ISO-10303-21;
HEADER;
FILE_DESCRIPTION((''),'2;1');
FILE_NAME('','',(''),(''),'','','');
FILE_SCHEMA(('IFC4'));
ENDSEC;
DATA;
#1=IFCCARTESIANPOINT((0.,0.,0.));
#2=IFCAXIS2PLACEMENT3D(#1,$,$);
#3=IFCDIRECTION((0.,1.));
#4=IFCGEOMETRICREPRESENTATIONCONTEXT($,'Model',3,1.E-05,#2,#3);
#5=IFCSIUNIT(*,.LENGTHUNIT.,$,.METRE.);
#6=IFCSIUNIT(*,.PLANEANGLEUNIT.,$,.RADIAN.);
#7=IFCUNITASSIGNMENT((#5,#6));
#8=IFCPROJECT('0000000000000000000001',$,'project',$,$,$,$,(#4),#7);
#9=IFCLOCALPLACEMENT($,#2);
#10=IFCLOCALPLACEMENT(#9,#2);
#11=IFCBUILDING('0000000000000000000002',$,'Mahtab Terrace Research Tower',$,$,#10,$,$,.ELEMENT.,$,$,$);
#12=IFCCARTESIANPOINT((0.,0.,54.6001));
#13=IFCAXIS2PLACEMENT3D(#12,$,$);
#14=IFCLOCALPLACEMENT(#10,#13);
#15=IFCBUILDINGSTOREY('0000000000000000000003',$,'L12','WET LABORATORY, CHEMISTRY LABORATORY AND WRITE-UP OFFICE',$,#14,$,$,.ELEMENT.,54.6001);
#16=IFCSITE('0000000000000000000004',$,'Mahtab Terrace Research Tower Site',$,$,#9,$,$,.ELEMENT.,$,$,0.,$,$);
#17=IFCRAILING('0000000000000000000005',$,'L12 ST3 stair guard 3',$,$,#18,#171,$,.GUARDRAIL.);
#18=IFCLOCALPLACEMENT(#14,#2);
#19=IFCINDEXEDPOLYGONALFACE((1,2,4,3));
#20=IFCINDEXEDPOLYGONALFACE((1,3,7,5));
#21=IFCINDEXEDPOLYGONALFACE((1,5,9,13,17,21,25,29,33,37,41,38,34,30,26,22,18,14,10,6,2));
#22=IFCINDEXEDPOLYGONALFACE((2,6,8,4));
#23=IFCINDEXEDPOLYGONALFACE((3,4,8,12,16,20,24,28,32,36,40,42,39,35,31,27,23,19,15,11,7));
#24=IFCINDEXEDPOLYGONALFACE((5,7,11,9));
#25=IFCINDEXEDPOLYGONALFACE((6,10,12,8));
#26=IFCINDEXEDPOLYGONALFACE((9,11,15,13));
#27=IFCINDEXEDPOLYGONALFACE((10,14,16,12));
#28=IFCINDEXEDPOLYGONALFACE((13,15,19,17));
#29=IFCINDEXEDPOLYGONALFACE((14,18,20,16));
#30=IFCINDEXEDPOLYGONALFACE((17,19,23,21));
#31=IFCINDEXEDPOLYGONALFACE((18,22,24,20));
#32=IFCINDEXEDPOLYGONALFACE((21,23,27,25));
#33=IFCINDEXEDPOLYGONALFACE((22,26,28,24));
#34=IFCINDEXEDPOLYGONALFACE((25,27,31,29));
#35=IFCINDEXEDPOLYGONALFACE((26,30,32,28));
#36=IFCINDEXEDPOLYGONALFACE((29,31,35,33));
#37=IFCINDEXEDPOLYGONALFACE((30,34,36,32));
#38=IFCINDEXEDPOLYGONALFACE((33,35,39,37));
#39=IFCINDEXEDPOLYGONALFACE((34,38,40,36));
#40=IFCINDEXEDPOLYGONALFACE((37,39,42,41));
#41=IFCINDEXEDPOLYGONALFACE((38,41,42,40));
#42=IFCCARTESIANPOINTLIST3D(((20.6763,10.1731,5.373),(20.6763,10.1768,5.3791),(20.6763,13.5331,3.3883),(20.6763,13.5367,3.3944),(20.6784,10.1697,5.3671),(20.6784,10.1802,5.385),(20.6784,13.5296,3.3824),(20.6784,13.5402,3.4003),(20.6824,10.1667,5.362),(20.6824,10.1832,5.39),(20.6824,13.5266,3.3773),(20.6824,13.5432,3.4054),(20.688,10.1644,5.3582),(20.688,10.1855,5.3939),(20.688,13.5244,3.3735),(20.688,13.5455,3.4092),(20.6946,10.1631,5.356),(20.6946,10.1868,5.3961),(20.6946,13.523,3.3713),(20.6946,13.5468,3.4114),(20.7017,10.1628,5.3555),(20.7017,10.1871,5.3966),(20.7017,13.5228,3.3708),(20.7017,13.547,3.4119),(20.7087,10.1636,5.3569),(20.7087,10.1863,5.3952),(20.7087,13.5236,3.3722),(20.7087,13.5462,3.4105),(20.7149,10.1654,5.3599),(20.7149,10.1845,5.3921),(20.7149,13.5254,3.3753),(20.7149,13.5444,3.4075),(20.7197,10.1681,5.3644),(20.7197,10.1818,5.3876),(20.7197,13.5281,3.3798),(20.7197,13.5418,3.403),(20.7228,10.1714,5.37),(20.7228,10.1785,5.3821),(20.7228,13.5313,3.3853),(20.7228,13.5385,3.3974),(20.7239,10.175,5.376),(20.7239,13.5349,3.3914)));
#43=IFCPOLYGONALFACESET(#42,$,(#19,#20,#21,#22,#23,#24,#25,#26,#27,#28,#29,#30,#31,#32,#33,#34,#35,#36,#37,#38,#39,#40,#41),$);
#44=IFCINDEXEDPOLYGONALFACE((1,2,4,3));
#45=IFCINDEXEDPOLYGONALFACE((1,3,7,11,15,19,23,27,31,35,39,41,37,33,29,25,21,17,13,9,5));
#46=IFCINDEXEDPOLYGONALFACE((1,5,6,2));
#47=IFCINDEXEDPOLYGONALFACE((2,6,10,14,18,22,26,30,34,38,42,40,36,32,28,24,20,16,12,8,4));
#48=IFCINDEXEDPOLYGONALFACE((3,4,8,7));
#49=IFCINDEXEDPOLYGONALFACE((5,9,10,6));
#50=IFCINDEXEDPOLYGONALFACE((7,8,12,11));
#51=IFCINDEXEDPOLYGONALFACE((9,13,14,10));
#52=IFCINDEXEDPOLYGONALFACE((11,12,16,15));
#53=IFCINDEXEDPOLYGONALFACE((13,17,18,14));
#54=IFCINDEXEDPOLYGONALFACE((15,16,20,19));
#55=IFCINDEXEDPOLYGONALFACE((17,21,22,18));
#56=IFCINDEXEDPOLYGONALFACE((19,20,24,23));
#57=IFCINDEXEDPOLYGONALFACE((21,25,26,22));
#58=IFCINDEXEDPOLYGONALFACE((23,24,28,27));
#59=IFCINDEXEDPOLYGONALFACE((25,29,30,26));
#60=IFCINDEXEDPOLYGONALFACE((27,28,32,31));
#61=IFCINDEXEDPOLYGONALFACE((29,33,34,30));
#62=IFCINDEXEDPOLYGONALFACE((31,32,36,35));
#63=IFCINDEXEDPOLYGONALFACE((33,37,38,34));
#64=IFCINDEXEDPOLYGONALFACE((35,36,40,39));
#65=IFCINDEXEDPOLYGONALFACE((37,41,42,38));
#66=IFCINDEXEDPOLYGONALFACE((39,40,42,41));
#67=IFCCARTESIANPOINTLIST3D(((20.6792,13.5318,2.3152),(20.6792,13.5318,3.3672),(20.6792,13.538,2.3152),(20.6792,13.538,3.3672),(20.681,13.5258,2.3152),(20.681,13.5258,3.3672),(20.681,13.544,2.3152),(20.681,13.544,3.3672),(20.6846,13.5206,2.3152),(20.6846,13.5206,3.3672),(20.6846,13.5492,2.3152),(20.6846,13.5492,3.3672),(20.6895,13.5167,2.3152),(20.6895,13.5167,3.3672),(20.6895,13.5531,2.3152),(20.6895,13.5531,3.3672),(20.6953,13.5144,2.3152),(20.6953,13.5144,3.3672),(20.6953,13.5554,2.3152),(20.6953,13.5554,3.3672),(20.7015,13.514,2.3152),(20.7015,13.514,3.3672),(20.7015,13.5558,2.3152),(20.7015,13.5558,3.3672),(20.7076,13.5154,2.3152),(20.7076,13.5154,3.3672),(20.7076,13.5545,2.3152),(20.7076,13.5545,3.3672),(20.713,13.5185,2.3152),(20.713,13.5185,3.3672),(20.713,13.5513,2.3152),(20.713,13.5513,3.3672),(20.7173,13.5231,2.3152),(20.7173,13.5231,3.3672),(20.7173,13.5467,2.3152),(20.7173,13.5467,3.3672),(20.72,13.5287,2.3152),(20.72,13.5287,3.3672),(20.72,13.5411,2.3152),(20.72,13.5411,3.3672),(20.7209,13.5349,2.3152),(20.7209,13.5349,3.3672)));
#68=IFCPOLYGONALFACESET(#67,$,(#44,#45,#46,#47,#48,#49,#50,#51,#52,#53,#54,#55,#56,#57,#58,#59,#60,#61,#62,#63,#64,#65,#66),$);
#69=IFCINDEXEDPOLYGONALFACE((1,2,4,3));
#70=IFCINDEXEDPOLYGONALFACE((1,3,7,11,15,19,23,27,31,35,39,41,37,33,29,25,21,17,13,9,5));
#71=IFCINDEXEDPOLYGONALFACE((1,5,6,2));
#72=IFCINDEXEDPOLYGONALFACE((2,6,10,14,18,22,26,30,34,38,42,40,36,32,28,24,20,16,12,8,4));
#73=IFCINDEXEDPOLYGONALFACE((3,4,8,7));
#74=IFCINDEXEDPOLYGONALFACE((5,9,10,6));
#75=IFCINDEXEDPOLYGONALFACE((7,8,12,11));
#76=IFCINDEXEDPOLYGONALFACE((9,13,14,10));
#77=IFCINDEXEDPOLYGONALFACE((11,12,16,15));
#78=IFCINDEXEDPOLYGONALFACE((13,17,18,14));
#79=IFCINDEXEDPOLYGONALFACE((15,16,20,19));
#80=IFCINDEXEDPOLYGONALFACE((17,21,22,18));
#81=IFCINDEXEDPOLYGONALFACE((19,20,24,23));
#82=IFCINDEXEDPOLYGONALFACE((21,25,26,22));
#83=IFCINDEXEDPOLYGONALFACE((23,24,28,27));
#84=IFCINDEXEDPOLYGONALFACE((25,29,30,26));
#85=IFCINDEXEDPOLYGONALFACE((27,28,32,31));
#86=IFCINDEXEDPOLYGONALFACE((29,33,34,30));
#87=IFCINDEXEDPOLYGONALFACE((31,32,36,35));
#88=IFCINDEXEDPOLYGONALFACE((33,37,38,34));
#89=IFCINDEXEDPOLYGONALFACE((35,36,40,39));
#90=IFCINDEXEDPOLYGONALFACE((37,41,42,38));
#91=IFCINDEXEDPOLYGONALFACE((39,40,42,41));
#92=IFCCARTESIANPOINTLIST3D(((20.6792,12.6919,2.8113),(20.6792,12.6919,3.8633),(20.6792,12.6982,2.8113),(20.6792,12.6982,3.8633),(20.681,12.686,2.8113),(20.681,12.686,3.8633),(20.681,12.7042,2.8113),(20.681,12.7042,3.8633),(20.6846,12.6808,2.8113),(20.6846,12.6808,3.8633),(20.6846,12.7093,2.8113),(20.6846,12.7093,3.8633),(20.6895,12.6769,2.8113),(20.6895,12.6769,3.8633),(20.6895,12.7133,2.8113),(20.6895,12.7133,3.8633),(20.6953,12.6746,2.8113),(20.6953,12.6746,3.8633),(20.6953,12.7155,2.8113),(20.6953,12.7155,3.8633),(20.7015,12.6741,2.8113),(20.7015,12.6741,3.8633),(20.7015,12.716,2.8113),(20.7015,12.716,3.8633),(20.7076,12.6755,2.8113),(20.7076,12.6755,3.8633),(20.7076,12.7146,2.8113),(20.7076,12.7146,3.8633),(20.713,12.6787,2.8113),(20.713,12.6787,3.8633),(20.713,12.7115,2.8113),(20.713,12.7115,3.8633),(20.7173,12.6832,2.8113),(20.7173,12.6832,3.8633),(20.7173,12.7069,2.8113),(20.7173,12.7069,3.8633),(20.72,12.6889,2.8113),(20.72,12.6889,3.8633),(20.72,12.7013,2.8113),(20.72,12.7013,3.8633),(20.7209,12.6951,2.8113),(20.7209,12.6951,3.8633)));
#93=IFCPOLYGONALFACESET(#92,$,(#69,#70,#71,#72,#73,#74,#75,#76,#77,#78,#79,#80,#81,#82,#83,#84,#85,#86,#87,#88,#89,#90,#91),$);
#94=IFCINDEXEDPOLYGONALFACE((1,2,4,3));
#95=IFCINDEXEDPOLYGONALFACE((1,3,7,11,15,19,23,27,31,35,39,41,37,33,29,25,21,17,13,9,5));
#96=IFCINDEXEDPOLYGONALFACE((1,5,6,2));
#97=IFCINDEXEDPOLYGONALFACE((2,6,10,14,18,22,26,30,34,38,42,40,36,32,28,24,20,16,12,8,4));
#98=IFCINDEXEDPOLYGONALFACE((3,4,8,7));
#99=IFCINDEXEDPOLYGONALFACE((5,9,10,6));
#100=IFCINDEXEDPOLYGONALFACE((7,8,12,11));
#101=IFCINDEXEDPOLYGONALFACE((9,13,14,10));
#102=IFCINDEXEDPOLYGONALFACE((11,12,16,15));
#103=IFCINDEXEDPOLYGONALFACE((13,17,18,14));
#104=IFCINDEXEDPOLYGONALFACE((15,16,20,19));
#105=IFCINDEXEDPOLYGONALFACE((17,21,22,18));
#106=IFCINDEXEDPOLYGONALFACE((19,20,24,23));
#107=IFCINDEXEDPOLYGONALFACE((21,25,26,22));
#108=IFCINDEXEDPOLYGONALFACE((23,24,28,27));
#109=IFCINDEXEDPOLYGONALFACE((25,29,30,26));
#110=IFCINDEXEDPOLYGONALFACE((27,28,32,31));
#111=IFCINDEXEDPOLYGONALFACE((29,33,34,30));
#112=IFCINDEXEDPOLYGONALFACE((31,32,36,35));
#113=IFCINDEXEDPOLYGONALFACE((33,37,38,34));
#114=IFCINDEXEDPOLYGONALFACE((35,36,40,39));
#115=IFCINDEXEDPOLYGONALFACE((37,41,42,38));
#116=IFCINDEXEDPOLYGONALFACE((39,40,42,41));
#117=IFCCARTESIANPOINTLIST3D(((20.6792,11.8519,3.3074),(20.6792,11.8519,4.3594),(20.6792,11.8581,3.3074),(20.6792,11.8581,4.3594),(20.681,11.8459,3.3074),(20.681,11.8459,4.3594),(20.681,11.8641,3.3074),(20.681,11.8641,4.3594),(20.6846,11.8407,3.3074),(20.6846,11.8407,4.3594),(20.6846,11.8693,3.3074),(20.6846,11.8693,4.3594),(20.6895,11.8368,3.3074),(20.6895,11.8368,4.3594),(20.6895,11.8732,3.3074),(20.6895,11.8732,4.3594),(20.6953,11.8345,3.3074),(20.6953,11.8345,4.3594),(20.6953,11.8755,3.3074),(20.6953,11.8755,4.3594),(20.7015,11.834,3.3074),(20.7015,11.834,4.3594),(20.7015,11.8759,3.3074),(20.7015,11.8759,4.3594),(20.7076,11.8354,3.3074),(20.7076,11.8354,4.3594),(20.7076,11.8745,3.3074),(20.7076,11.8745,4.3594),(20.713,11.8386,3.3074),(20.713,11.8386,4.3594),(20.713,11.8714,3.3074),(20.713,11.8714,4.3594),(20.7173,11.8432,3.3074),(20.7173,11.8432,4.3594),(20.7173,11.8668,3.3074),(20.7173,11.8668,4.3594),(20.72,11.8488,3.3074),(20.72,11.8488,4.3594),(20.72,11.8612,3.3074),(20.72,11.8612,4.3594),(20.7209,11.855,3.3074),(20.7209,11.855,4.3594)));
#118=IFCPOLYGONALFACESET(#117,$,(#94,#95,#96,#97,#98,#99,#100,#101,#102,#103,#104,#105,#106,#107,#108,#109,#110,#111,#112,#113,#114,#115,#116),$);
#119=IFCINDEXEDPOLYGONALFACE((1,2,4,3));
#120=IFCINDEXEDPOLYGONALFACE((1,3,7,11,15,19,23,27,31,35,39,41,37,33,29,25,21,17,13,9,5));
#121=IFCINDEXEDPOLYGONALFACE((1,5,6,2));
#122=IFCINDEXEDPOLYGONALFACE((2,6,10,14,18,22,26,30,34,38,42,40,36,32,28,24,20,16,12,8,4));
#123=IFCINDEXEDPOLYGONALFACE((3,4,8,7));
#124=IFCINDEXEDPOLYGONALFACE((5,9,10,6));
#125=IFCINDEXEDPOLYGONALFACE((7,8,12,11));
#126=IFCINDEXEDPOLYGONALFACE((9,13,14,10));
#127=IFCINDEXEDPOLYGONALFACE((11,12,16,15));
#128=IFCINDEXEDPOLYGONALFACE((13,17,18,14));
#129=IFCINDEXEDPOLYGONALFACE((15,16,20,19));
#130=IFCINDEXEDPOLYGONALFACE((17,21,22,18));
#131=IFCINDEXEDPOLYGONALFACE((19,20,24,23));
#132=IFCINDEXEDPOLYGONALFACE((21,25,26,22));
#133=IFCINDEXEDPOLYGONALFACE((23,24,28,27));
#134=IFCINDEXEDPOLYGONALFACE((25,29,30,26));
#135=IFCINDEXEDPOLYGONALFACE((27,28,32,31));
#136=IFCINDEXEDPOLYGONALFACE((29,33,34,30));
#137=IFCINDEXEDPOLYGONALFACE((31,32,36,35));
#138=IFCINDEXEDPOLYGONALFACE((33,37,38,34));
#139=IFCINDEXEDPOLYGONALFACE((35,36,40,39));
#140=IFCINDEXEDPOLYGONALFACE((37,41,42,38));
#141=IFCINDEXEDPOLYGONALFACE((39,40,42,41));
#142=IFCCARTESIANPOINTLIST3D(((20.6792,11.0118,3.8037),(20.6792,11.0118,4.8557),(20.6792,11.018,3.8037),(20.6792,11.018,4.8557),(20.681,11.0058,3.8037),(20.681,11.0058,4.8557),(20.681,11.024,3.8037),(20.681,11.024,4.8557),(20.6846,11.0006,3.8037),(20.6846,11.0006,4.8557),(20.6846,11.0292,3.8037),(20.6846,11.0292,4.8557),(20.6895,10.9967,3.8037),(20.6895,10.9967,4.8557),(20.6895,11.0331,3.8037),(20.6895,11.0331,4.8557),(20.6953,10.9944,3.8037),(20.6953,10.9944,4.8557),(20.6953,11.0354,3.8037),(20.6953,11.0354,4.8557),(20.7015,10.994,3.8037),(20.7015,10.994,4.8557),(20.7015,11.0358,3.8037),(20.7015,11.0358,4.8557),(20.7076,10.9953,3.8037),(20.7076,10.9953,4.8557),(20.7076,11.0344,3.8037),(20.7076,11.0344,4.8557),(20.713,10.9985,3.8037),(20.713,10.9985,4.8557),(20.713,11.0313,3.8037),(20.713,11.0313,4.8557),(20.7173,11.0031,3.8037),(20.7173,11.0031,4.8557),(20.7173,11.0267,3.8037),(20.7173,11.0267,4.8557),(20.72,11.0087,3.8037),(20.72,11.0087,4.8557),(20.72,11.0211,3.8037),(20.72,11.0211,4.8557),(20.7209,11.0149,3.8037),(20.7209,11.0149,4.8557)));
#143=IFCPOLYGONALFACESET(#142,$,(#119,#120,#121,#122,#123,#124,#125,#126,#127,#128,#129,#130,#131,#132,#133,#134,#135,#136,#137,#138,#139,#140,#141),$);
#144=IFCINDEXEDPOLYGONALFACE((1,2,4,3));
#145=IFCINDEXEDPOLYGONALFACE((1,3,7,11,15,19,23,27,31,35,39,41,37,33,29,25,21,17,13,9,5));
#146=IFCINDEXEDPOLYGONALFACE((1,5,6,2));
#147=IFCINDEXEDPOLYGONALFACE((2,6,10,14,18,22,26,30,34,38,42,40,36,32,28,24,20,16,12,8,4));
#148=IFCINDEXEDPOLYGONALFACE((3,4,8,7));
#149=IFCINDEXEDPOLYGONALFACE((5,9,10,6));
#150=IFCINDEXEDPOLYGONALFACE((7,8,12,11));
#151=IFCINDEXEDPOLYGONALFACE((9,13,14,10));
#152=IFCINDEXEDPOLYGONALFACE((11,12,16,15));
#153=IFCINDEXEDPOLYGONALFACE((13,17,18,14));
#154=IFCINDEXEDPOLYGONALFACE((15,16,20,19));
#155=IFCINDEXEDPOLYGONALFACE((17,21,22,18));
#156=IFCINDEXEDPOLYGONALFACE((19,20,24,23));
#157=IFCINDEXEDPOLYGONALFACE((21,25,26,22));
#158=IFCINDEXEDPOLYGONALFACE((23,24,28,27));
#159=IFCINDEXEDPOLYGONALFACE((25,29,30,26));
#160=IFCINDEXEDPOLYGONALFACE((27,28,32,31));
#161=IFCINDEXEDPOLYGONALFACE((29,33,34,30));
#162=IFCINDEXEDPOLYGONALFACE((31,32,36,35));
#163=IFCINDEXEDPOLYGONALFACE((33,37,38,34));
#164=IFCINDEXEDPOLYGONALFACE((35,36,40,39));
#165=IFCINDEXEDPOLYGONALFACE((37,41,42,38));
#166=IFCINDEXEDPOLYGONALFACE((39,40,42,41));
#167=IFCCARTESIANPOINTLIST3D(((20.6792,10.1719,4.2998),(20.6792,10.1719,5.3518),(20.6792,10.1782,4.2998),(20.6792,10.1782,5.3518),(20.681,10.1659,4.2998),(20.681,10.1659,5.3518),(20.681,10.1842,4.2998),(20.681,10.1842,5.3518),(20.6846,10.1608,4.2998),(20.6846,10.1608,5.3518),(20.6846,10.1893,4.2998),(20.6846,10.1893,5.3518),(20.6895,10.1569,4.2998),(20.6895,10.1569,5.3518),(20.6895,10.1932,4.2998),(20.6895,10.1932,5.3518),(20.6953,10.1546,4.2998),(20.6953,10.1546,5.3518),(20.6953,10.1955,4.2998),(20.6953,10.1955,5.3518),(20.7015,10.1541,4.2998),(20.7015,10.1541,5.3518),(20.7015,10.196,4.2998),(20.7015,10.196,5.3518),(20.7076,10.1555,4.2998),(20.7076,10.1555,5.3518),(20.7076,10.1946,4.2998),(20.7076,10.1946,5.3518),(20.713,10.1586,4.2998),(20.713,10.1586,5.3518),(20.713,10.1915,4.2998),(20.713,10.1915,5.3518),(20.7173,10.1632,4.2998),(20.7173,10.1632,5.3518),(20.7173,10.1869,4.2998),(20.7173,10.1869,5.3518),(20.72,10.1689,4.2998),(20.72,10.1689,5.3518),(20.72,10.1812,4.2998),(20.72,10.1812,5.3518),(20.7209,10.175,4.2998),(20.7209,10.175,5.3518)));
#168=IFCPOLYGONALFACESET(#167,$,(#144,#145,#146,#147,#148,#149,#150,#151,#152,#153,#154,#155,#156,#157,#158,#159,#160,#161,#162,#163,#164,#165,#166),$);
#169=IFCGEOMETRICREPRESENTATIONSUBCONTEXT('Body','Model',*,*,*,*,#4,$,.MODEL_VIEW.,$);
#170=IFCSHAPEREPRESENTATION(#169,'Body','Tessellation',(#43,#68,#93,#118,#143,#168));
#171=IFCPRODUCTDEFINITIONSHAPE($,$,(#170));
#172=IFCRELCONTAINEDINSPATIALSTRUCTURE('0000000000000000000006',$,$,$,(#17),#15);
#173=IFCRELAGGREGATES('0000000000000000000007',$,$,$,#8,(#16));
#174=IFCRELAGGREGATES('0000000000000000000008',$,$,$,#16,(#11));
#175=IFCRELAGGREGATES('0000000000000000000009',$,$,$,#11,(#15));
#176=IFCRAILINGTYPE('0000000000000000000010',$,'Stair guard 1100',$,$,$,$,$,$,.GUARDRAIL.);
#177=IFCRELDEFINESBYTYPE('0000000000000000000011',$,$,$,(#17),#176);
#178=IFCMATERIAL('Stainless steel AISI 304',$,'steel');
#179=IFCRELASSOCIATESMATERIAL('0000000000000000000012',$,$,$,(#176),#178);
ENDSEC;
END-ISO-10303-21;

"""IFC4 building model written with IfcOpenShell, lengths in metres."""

from ifc_helpers import new_model, si_unit, direction, frame, origin, origin_2d, place, context, subcontext, project, spatial, circle, extrude, material, type_object, element, save


model = new_model("IFC4")

# Units and contexts
model_context = context("Model", 3, precision=1e-05, world=origin(), true_north=direction((0.0, 1.0)))
body_context = subcontext(model_context, "Body", "Model", "MODEL_VIEW")
ifc_project = project(units=[si_unit("LENGTHUNIT", "METRE"), si_unit("PLANEANGLEUNIT", "RADIAN")], contexts=[model_context])

# Site, building, storey
site_placement = place(None, origin())
site = spatial("IfcSite", under=ifc_project, at=site_placement, Name="Mahtab Terrace Research Tower Site", CompositionType="ELEMENT", RefElevation=0.0)
building_placement = place(site_placement, origin())
building = spatial("IfcBuilding", under=site, at=building_placement, Name="Mahtab Terrace Research Tower", CompositionType="ELEMENT")
storey_placement = place(building_placement, frame((0.0, 0.0, 54.6001)))
storey = spatial("IfcBuildingStorey", under=building, at=storey_placement, Name="L12", Description="WET LABORATORY, CHEMISTRY LABORATORY AND WRITE-UP OFFICE", CompositionType="ELEMENT", Elevation=54.6001)

# Railing
ifc_material_1 = material(Name="Stainless steel AISI 304", Category="steel")
railing_type_1 = type_object("IfcRailingType", Name="Stair guard 1100", PredefinedType="GUARDRAIL", material=ifc_material_1)
railing_1_placement = place(storey_placement, frame((20.7, 13.5349, 2.3152)))
element("IfcRailing", 1, at=railing_1_placement, inside=storey, type_object=railing_type_1, Name="L12 ST3 stair guard 3", PredefinedType="GUARDRAIL", context=body_context, shape_type="SweptSolid", body=[
    extrude(circle(Radius=0.0239, at=origin_2d()), frame((0.0, 0.0, 1.0762), z_axis=(0.0, -0.861011, 0.508586), x_axis=(1.0, 0.0, 0.0)), (0.0, 0.0, 1.0), 3.9023),
    extrude(circle(Radius=0.021, at=origin_2d()), origin(), (0.0, 0.0, 1.0), 1.052),
    extrude(circle(Radius=0.021, at=origin_2d()), frame((0.0, -0.8398, 0.4961)), (0.0, 0.0, 1.0), 1.052),
    extrude(circle(Radius=0.021, at=origin_2d()), frame((0.0, -1.6799, 0.9922)), (0.0, 0.0, 1.0), 1.052),
    extrude(circle(Radius=0.021, at=origin_2d()), frame((0.0, -2.52, 1.4885)), (0.0, 0.0, 1.0), 1.052),
    extrude(circle(Radius=0.021, at=origin_2d()), frame((0.0, -3.3599, 1.9846)), (0.0, 0.0, 1.0), 1.052),
])

save(model, "model.ifc")
